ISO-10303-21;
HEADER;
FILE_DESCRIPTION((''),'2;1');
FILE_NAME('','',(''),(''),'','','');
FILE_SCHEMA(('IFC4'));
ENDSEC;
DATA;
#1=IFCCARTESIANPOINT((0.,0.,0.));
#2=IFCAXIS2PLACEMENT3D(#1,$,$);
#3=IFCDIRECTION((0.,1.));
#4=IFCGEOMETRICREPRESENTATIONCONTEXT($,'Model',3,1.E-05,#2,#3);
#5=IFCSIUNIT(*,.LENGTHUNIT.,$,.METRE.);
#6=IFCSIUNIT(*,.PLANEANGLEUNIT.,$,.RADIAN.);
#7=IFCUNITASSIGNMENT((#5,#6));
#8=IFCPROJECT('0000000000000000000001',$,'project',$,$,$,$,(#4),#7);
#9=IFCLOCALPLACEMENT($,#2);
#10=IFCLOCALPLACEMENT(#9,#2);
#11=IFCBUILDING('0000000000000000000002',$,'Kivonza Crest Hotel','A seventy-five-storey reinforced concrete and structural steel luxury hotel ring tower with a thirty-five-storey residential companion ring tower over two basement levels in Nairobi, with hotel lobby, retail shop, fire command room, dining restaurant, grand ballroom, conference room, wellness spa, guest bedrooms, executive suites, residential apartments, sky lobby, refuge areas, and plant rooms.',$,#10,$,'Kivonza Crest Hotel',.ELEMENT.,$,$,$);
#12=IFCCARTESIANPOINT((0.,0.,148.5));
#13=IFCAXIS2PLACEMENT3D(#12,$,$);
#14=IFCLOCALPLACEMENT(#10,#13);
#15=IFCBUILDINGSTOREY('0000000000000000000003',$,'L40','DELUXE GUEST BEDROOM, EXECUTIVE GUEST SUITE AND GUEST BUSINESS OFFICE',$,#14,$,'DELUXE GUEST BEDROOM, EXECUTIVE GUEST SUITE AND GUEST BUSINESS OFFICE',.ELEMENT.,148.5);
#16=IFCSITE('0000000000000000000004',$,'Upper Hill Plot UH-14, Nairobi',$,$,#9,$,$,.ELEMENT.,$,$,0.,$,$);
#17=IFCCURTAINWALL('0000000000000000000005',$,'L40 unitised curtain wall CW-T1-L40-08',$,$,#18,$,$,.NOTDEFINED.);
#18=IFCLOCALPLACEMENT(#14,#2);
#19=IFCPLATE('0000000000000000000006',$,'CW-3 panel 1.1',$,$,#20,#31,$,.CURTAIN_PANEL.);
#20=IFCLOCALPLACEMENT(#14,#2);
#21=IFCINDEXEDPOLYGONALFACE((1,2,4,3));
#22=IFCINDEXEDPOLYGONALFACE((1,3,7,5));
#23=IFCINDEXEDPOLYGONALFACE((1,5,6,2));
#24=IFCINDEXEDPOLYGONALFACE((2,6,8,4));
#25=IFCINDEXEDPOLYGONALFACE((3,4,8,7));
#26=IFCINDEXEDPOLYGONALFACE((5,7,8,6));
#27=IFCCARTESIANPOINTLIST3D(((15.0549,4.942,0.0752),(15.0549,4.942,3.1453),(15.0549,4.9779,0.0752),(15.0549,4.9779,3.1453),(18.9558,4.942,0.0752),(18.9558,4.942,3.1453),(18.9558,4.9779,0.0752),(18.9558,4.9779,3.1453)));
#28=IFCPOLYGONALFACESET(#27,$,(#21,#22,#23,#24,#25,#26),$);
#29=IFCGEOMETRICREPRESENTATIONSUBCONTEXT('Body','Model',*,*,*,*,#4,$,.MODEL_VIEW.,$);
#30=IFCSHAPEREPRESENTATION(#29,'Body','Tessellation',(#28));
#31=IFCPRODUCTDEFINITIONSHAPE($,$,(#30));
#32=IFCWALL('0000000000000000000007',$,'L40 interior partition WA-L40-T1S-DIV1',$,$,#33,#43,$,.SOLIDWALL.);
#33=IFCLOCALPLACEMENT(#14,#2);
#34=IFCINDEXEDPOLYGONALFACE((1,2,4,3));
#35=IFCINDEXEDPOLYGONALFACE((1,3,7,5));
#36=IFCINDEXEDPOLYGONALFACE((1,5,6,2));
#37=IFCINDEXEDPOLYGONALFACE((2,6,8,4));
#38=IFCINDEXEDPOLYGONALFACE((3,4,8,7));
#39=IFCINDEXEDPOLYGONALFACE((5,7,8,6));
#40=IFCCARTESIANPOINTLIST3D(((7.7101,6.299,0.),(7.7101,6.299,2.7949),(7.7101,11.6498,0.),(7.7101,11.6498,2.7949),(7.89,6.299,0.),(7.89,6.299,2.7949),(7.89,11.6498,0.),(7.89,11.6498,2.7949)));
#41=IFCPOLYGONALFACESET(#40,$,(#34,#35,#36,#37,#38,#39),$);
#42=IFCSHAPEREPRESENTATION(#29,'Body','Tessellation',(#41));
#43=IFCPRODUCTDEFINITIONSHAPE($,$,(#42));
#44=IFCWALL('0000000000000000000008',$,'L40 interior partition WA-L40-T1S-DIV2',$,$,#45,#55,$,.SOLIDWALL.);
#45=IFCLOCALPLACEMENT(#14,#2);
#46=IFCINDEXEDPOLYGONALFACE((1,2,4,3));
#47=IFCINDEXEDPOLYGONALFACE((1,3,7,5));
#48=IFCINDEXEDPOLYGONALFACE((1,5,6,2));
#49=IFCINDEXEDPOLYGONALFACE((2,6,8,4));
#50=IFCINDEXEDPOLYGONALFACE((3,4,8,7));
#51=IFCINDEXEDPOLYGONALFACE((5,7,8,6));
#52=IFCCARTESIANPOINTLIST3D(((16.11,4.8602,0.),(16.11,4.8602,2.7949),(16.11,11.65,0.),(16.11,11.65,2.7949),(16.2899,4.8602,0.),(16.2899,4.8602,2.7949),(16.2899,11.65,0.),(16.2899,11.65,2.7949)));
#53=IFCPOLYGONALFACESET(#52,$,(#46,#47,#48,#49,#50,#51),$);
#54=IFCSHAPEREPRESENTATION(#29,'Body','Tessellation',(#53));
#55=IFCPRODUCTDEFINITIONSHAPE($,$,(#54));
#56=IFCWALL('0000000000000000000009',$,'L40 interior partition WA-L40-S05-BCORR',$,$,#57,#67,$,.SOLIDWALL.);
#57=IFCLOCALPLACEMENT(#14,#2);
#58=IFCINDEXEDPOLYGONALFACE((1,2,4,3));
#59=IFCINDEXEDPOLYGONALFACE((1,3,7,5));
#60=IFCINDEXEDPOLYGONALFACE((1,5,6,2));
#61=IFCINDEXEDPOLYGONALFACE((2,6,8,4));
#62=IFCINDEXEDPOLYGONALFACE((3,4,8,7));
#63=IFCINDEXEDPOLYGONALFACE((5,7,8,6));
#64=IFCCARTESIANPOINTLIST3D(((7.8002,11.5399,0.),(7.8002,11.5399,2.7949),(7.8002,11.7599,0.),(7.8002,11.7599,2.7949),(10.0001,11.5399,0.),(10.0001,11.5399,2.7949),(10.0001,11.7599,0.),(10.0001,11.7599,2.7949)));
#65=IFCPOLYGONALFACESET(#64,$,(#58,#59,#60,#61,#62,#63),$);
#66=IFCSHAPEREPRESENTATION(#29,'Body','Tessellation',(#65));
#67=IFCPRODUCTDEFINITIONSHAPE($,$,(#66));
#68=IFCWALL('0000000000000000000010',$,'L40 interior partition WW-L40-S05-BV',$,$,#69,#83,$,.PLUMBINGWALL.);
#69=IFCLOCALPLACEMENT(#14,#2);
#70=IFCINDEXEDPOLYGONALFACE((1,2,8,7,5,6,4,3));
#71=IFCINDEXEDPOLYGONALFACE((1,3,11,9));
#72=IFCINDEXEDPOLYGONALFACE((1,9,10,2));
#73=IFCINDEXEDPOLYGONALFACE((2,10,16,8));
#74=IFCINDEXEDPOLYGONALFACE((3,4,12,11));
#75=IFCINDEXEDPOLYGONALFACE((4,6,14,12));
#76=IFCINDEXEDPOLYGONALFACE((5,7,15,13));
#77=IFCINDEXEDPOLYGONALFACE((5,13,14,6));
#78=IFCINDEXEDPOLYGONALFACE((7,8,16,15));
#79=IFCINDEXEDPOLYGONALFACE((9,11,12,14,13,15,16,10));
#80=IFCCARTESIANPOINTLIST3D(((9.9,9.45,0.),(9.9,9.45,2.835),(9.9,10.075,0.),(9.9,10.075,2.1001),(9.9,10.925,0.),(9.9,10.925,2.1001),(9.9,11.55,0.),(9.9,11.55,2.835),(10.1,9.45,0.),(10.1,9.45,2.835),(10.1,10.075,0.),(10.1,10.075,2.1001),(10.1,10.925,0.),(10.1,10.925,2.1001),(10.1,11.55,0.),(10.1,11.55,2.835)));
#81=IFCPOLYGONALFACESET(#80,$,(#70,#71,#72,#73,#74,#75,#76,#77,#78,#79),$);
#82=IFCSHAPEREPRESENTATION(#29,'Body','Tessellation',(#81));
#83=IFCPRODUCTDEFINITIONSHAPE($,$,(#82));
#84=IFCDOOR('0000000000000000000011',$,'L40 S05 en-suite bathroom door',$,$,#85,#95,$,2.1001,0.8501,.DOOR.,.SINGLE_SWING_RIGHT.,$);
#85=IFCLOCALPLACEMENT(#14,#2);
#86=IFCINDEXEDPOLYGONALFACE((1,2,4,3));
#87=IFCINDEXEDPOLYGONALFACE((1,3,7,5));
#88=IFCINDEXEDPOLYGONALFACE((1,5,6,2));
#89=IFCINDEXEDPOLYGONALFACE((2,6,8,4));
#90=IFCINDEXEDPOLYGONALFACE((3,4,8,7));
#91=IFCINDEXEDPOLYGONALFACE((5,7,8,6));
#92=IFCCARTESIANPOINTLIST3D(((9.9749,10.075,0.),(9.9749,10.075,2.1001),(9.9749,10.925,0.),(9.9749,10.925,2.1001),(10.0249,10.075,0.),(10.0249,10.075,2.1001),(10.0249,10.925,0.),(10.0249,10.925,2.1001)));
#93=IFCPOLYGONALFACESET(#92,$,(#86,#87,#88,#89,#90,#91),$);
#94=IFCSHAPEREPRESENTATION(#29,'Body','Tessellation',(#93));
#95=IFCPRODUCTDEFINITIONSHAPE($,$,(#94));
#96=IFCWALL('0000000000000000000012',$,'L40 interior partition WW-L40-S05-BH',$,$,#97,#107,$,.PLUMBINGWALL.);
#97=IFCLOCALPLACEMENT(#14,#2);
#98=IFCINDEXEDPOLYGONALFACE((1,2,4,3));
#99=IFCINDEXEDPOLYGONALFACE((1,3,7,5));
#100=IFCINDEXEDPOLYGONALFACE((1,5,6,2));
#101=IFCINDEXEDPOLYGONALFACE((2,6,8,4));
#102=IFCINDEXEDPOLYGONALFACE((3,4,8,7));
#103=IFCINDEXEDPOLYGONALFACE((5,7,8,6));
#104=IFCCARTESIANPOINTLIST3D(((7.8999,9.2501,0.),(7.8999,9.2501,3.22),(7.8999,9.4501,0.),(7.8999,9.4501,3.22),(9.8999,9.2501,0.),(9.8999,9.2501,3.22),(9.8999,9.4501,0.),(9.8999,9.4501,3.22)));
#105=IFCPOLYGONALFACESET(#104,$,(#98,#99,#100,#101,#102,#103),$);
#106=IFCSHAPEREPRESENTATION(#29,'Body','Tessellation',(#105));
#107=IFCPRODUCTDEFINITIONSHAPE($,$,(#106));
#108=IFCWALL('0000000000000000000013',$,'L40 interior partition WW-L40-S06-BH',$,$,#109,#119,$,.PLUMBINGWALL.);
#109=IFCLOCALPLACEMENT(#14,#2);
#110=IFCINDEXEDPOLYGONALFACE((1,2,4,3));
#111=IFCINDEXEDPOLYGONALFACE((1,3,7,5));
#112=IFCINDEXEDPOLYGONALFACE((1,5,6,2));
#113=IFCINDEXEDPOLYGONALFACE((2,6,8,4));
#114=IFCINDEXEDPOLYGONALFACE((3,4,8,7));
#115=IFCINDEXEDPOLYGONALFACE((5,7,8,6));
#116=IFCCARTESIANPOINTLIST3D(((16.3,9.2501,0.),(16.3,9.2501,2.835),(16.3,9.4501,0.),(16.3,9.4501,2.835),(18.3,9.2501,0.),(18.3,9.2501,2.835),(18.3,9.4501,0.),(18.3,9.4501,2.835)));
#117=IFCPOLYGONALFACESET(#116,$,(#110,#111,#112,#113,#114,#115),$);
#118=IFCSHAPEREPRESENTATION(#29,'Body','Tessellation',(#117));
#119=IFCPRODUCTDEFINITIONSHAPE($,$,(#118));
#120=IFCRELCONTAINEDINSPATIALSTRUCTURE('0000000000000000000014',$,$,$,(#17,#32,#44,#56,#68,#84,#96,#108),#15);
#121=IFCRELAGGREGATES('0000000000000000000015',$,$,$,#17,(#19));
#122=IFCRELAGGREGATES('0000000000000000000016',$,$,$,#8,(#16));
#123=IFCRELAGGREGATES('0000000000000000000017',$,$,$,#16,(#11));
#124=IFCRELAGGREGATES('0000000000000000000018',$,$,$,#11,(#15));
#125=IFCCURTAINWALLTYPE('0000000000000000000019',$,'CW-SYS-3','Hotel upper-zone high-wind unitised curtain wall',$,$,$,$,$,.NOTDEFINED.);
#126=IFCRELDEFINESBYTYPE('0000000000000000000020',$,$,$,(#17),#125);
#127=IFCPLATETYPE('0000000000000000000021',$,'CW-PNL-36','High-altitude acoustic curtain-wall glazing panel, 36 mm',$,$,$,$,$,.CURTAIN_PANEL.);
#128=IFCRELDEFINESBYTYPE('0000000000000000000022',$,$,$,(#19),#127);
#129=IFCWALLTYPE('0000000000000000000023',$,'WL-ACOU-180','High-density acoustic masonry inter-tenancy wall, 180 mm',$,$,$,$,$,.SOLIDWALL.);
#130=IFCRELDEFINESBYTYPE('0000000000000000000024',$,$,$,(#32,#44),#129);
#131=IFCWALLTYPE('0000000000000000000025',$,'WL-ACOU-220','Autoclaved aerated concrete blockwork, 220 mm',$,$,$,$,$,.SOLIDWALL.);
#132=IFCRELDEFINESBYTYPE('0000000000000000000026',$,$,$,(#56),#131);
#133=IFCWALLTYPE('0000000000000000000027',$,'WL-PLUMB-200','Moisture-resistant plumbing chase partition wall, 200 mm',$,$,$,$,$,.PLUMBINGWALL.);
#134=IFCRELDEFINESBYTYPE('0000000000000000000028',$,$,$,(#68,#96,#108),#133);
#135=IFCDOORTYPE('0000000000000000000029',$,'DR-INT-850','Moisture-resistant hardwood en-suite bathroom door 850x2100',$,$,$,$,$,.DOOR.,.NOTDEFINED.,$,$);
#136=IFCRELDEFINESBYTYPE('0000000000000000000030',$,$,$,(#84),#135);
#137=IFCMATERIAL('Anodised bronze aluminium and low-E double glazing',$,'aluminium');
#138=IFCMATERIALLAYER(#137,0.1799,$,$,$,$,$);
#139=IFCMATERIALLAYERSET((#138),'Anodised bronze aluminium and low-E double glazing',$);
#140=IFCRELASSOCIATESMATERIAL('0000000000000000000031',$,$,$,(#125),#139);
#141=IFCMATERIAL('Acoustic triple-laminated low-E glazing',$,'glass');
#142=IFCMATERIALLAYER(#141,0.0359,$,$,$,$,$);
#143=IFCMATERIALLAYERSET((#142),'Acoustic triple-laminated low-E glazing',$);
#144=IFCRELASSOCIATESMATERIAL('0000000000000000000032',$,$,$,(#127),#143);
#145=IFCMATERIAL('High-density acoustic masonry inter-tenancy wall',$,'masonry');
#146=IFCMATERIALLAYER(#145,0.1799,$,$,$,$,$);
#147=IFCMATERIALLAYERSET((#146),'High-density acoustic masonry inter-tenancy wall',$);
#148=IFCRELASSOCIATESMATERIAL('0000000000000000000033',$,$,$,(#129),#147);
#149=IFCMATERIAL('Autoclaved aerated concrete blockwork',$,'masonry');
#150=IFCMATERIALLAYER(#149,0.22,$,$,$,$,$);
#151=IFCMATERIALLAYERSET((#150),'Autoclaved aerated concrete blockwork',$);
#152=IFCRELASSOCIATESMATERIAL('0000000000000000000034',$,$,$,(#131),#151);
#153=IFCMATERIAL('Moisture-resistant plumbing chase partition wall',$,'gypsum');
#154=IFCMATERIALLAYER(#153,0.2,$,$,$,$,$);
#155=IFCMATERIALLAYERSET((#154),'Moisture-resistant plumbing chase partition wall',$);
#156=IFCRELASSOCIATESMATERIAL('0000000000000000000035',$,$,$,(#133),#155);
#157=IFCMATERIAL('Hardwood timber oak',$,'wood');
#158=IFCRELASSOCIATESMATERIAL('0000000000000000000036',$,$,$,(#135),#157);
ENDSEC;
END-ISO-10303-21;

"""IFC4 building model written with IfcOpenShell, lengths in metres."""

from ifc_helpers import new_model, si_unit, direction, frame, frame_2d, origin, origin_2d, place, context, subcontext, project, spatial, rectangle, extrude, material, layer, layer_set, type_object, element, fill, aggregate, save


model = new_model("IFC4")

# Units and contexts
model_context = context("Model", 3, precision=1e-05, world=origin(), true_north=direction((0.0, 1.0)))
body_context = subcontext(model_context, "Body", "Model", "MODEL_VIEW")
ifc_project = project(units=[si_unit("LENGTHUNIT", "METRE"), si_unit("PLANEANGLEUNIT", "RADIAN")], contexts=[model_context])

# Site, building, storey
site_placement = place(None, origin())
site = spatial("IfcSite", under=ifc_project, at=site_placement, Name="Upper Hill Plot UH-14, Nairobi", CompositionType="ELEMENT", RefElevation=0.0)
building_placement = place(site_placement, origin())
building = spatial("IfcBuilding", under=site, at=building_placement, Name="Kivonza Crest Hotel", Description="A seventy-five-storey reinforced concrete and structural steel luxury hotel ring tower with a thirty-five-storey residential companion ring tower over two basement levels in Nairobi, with hotel lobby, retail shop, fire command room, dining restaurant, grand ballroom, conference room, wellness spa, guest bedrooms, executive suites, residential apartments, sky lobby, refuge areas, and plant rooms.", LongName="Kivonza Crest Hotel", CompositionType="ELEMENT")
storey_placement = place(building_placement, frame((0.0, 0.0, 148.5)))
storey = spatial("IfcBuildingStorey", under=building, at=storey_placement, Name="L40", Description="DELUXE GUEST BEDROOM, EXECUTIVE GUEST SUITE AND GUEST BUSINESS OFFICE", LongName="DELUXE GUEST BEDROOM, EXECUTIVE GUEST SUITE AND GUEST BUSINESS OFFICE", CompositionType="ELEMENT", Elevation=148.5)

# Curtain wall, plate
ifc_material_1 = material(Name="Anodised bronze aluminium and low-E double glazing", Category="aluminium")
ifc_layer_1 = layer(ifc_material_1, 0.1799)
ifc_layer_set_1 = layer_set([ifc_layer_1], Name="Anodised bronze aluminium and low-E double glazing")
curtain_wall_type = type_object("IfcCurtainWallType", Name="CW-SYS-3", Description="Hotel upper-zone high-wind unitised curtain wall", PredefinedType="NOTDEFINED", material=ifc_layer_set_1)
curtain_wall_placement = place(storey_placement, origin())
curtain_wall = element("IfcCurtainWall", 1, at=curtain_wall_placement, inside=storey, type_object=curtain_wall_type, Name="L40 unitised curtain wall CW-T1-L40-08", PredefinedType="NOTDEFINED")
ifc_material_2 = material(Name="Acoustic triple-laminated low-E glazing", Category="glass")
ifc_layer_2 = layer(ifc_material_2, 0.0359)
ifc_layer_set_2 = layer_set([ifc_layer_2], Name="Acoustic triple-laminated low-E glazing")
plate_type = type_object("IfcPlateType", Name="CW-PNL-36", Description="High-altitude acoustic curtain-wall glazing panel, 36 mm", PredefinedType="CURTAIN_PANEL", material=ifc_layer_set_2)
plate_placement = place(storey_placement, frame((17.0054, 4.96, 0.0752), z_axis=(0.0, 0.0, 1.0), x_axis=(1.0, 0.0, 0.0)))
plate = element("IfcPlate", 2, at=plate_placement, type_object=plate_type, Name="CW-3 panel 1.1", PredefinedType="CURTAIN_PANEL", context=body_context, shape_type="SweptSolid", body=[
    extrude(rectangle(XDim=3.9009, YDim=0.0359, at=origin_2d()), origin(), (0.0, 0.0, 1.0), 3.0701),
])
aggregate(curtain_wall, [plate])

# Walls
ifc_material_3 = material(Name="High-density acoustic masonry inter-tenancy wall", Category="masonry")
ifc_layer_3 = layer(ifc_material_3, 0.1799)
ifc_layer_set_3 = layer_set([ifc_layer_3], Name="High-density acoustic masonry inter-tenancy wall")
wall_type_1 = type_object("IfcWallType", Name="WL-ACOU-180", Description="High-density acoustic masonry inter-tenancy wall, 180 mm", PredefinedType="SOLIDWALL", material=ifc_layer_set_3)
wall_1_placement = place(storey_placement, frame((7.8, 6.2991, 0.0), z_axis=(0.0, 0.0, 1.0), x_axis=(0.0, 1.0, 0.0)))
element("IfcWall", 3, at=wall_1_placement, inside=storey, type_object=wall_type_1, Name="L40 interior partition WA-L40-T1S-DIV1", PredefinedType="SOLIDWALL", context=body_context, shape_type="SweptSolid", body=[
    extrude(rectangle(XDim=5.3508, YDim=0.1799, at=frame_2d((2.6753, 0.0))), origin(), (0.0, 0.0, 1.0), 2.7949),
])
wall_2_placement = place(storey_placement, frame((16.2, 4.8601, 0.0), z_axis=(0.0, 0.0, 1.0), x_axis=(0.0, 1.0, 0.0)))
element("IfcWall", 4, at=wall_2_placement, inside=storey, type_object=wall_type_1, Name="L40 interior partition WA-L40-T1S-DIV2", PredefinedType="SOLIDWALL", context=body_context, shape_type="SweptSolid", body=[
    extrude(rectangle(XDim=6.7898, YDim=0.1799, at=frame_2d((3.395, 0.0))), origin(), (0.0, 0.0, 1.0), 2.7949),
])
ifc_material_4 = material(Name="Autoclaved aerated concrete blockwork", Category="masonry")
ifc_layer_4 = layer(ifc_material_4, 0.22)
ifc_layer_set_4 = layer_set([ifc_layer_4], Name="Autoclaved aerated concrete blockwork")
wall_type_2 = type_object("IfcWallType", Name="WL-ACOU-220", Description="Autoclaved aerated concrete blockwork, 220 mm", PredefinedType="SOLIDWALL", material=ifc_layer_set_4)
wall_3_placement = place(storey_placement, frame((7.8, 11.6499, 0.0), z_axis=(0.0, 0.0, 1.0), x_axis=(1.0, 0.0, 0.0)))
element("IfcWall", 5, at=wall_3_placement, inside=storey, type_object=wall_type_2, Name="L40 interior partition WA-L40-S05-BCORR", PredefinedType="SOLIDWALL", context=body_context, shape_type="SweptSolid", body=[
    extrude(rectangle(XDim=2.2, YDim=0.22, at=frame_2d((1.1001, 0.0))), origin(), (0.0, 0.0, 1.0), 2.7949),
])

# Wall, opening, door
ifc_material_5 = material(Name="Moisture-resistant plumbing chase partition wall", Category="gypsum")
ifc_layer_5 = layer(ifc_material_5, 0.2)
ifc_layer_set_5 = layer_set([ifc_layer_5], Name="Moisture-resistant plumbing chase partition wall")
wall_type_3 = type_object("IfcWallType", Name="WL-PLUMB-200", Description="Moisture-resistant plumbing chase partition wall, 200 mm", PredefinedType="PLUMBINGWALL", material=ifc_layer_set_5)
wall_4_placement = place(storey_placement, frame((10.0, 9.45, 0.0), z_axis=(0.0, 0.0, 1.0), x_axis=(0.0, 1.0, 0.0)))
wall_4 = element("IfcWall", 6, at=wall_4_placement, inside=storey, type_object=wall_type_3, Name="L40 interior partition WW-L40-S05-BV", PredefinedType="PLUMBINGWALL", context=body_context, shape_type="SweptSolid", body=[
    extrude(rectangle(XDim=2.1001, YDim=0.2, at=frame_2d((1.05, 0.0))), origin(), (0.0, 0.0, 1.0), 2.835),
])
opening_placement = place(wall_4_placement, frame((0.625, 0.0, 0.0)))
opening = element("IfcOpeningElement", 7, at=opening_placement, cuts=wall_4, PredefinedType="OPENING", context=body_context, shape_type="SweptSolid", body=[
    extrude(rectangle(XDim=0.8501, YDim=2.1001, at=frame_2d((0.425, 1.05))), frame((0.0, 0.1099, 0.0), z_axis=(0.0, -1.0, 0.0), x_axis=(1.0, 0.0, 0.0)), (0.0, 0.0, 1.0), 0.22),
])
ifc_material_6 = material(Name="Hardwood timber oak", Category="wood")
door_type = type_object("IfcDoorType", Name="DR-INT-850", Description="Moisture-resistant hardwood en-suite bathroom door 850x2100", OperationType="NOTDEFINED", PredefinedType="DOOR", material=ifc_material_6)
door_placement = place(opening_placement, frame((0.8501, 0.0, 0.0), z_axis=(0.0, 0.0, 1.0), x_axis=(-1.0, 0.0, 0.0)))
door = element("IfcDoor", 8, at=door_placement, inside=storey, type_object=door_type, Name="L40 S05 en-suite bathroom door", OperationType="SINGLE_SWING_RIGHT", OverallHeight=2.1001, OverallWidth=0.8501, PredefinedType="DOOR", context=body_context, shape_type="SweptSolid", body=[
    extrude(rectangle(XDim=0.8501, YDim=2.1001, at=frame_2d((0.425, 1.05))), frame((0.0, 0.0249, 0.0), z_axis=(0.0, -1.0, 0.0), x_axis=(1.0, 0.0, 0.0)), (0.0, 0.0, 1.0), 0.05),
])
fill(opening, door)

# Walls
wall_5_placement = place(storey_placement, frame((7.8999, 9.3501, 0.0), z_axis=(0.0, 0.0, 1.0), x_axis=(1.0, 0.0, 0.0)))
element("IfcWall", 9, at=wall_5_placement, inside=storey, type_object=wall_type_3, Name="L40 interior partition WW-L40-S05-BH", PredefinedType="PLUMBINGWALL", context=body_context, shape_type="SweptSolid", body=[
    extrude(rectangle(XDim=2.0, YDim=0.2, at=frame_2d((1.0, 0.0))), origin(), (0.0, 0.0, 1.0), 3.22),
])
wall_6_placement = place(storey_placement, frame((16.3, 9.3501, 0.0), z_axis=(0.0, 0.0, 1.0), x_axis=(1.0, 0.0, 0.0)))
element("IfcWall", 10, at=wall_6_placement, inside=storey, type_object=wall_type_3, Name="L40 interior partition WW-L40-S06-BH", PredefinedType="PLUMBINGWALL", context=body_context, shape_type="SweptSolid", body=[
    extrude(rectangle(XDim=2.0, YDim=0.2, at=frame_2d((1.0, 0.0))), origin(), (0.0, 0.0, 1.0), 2.835),
])

save(model, "model.ifc")
